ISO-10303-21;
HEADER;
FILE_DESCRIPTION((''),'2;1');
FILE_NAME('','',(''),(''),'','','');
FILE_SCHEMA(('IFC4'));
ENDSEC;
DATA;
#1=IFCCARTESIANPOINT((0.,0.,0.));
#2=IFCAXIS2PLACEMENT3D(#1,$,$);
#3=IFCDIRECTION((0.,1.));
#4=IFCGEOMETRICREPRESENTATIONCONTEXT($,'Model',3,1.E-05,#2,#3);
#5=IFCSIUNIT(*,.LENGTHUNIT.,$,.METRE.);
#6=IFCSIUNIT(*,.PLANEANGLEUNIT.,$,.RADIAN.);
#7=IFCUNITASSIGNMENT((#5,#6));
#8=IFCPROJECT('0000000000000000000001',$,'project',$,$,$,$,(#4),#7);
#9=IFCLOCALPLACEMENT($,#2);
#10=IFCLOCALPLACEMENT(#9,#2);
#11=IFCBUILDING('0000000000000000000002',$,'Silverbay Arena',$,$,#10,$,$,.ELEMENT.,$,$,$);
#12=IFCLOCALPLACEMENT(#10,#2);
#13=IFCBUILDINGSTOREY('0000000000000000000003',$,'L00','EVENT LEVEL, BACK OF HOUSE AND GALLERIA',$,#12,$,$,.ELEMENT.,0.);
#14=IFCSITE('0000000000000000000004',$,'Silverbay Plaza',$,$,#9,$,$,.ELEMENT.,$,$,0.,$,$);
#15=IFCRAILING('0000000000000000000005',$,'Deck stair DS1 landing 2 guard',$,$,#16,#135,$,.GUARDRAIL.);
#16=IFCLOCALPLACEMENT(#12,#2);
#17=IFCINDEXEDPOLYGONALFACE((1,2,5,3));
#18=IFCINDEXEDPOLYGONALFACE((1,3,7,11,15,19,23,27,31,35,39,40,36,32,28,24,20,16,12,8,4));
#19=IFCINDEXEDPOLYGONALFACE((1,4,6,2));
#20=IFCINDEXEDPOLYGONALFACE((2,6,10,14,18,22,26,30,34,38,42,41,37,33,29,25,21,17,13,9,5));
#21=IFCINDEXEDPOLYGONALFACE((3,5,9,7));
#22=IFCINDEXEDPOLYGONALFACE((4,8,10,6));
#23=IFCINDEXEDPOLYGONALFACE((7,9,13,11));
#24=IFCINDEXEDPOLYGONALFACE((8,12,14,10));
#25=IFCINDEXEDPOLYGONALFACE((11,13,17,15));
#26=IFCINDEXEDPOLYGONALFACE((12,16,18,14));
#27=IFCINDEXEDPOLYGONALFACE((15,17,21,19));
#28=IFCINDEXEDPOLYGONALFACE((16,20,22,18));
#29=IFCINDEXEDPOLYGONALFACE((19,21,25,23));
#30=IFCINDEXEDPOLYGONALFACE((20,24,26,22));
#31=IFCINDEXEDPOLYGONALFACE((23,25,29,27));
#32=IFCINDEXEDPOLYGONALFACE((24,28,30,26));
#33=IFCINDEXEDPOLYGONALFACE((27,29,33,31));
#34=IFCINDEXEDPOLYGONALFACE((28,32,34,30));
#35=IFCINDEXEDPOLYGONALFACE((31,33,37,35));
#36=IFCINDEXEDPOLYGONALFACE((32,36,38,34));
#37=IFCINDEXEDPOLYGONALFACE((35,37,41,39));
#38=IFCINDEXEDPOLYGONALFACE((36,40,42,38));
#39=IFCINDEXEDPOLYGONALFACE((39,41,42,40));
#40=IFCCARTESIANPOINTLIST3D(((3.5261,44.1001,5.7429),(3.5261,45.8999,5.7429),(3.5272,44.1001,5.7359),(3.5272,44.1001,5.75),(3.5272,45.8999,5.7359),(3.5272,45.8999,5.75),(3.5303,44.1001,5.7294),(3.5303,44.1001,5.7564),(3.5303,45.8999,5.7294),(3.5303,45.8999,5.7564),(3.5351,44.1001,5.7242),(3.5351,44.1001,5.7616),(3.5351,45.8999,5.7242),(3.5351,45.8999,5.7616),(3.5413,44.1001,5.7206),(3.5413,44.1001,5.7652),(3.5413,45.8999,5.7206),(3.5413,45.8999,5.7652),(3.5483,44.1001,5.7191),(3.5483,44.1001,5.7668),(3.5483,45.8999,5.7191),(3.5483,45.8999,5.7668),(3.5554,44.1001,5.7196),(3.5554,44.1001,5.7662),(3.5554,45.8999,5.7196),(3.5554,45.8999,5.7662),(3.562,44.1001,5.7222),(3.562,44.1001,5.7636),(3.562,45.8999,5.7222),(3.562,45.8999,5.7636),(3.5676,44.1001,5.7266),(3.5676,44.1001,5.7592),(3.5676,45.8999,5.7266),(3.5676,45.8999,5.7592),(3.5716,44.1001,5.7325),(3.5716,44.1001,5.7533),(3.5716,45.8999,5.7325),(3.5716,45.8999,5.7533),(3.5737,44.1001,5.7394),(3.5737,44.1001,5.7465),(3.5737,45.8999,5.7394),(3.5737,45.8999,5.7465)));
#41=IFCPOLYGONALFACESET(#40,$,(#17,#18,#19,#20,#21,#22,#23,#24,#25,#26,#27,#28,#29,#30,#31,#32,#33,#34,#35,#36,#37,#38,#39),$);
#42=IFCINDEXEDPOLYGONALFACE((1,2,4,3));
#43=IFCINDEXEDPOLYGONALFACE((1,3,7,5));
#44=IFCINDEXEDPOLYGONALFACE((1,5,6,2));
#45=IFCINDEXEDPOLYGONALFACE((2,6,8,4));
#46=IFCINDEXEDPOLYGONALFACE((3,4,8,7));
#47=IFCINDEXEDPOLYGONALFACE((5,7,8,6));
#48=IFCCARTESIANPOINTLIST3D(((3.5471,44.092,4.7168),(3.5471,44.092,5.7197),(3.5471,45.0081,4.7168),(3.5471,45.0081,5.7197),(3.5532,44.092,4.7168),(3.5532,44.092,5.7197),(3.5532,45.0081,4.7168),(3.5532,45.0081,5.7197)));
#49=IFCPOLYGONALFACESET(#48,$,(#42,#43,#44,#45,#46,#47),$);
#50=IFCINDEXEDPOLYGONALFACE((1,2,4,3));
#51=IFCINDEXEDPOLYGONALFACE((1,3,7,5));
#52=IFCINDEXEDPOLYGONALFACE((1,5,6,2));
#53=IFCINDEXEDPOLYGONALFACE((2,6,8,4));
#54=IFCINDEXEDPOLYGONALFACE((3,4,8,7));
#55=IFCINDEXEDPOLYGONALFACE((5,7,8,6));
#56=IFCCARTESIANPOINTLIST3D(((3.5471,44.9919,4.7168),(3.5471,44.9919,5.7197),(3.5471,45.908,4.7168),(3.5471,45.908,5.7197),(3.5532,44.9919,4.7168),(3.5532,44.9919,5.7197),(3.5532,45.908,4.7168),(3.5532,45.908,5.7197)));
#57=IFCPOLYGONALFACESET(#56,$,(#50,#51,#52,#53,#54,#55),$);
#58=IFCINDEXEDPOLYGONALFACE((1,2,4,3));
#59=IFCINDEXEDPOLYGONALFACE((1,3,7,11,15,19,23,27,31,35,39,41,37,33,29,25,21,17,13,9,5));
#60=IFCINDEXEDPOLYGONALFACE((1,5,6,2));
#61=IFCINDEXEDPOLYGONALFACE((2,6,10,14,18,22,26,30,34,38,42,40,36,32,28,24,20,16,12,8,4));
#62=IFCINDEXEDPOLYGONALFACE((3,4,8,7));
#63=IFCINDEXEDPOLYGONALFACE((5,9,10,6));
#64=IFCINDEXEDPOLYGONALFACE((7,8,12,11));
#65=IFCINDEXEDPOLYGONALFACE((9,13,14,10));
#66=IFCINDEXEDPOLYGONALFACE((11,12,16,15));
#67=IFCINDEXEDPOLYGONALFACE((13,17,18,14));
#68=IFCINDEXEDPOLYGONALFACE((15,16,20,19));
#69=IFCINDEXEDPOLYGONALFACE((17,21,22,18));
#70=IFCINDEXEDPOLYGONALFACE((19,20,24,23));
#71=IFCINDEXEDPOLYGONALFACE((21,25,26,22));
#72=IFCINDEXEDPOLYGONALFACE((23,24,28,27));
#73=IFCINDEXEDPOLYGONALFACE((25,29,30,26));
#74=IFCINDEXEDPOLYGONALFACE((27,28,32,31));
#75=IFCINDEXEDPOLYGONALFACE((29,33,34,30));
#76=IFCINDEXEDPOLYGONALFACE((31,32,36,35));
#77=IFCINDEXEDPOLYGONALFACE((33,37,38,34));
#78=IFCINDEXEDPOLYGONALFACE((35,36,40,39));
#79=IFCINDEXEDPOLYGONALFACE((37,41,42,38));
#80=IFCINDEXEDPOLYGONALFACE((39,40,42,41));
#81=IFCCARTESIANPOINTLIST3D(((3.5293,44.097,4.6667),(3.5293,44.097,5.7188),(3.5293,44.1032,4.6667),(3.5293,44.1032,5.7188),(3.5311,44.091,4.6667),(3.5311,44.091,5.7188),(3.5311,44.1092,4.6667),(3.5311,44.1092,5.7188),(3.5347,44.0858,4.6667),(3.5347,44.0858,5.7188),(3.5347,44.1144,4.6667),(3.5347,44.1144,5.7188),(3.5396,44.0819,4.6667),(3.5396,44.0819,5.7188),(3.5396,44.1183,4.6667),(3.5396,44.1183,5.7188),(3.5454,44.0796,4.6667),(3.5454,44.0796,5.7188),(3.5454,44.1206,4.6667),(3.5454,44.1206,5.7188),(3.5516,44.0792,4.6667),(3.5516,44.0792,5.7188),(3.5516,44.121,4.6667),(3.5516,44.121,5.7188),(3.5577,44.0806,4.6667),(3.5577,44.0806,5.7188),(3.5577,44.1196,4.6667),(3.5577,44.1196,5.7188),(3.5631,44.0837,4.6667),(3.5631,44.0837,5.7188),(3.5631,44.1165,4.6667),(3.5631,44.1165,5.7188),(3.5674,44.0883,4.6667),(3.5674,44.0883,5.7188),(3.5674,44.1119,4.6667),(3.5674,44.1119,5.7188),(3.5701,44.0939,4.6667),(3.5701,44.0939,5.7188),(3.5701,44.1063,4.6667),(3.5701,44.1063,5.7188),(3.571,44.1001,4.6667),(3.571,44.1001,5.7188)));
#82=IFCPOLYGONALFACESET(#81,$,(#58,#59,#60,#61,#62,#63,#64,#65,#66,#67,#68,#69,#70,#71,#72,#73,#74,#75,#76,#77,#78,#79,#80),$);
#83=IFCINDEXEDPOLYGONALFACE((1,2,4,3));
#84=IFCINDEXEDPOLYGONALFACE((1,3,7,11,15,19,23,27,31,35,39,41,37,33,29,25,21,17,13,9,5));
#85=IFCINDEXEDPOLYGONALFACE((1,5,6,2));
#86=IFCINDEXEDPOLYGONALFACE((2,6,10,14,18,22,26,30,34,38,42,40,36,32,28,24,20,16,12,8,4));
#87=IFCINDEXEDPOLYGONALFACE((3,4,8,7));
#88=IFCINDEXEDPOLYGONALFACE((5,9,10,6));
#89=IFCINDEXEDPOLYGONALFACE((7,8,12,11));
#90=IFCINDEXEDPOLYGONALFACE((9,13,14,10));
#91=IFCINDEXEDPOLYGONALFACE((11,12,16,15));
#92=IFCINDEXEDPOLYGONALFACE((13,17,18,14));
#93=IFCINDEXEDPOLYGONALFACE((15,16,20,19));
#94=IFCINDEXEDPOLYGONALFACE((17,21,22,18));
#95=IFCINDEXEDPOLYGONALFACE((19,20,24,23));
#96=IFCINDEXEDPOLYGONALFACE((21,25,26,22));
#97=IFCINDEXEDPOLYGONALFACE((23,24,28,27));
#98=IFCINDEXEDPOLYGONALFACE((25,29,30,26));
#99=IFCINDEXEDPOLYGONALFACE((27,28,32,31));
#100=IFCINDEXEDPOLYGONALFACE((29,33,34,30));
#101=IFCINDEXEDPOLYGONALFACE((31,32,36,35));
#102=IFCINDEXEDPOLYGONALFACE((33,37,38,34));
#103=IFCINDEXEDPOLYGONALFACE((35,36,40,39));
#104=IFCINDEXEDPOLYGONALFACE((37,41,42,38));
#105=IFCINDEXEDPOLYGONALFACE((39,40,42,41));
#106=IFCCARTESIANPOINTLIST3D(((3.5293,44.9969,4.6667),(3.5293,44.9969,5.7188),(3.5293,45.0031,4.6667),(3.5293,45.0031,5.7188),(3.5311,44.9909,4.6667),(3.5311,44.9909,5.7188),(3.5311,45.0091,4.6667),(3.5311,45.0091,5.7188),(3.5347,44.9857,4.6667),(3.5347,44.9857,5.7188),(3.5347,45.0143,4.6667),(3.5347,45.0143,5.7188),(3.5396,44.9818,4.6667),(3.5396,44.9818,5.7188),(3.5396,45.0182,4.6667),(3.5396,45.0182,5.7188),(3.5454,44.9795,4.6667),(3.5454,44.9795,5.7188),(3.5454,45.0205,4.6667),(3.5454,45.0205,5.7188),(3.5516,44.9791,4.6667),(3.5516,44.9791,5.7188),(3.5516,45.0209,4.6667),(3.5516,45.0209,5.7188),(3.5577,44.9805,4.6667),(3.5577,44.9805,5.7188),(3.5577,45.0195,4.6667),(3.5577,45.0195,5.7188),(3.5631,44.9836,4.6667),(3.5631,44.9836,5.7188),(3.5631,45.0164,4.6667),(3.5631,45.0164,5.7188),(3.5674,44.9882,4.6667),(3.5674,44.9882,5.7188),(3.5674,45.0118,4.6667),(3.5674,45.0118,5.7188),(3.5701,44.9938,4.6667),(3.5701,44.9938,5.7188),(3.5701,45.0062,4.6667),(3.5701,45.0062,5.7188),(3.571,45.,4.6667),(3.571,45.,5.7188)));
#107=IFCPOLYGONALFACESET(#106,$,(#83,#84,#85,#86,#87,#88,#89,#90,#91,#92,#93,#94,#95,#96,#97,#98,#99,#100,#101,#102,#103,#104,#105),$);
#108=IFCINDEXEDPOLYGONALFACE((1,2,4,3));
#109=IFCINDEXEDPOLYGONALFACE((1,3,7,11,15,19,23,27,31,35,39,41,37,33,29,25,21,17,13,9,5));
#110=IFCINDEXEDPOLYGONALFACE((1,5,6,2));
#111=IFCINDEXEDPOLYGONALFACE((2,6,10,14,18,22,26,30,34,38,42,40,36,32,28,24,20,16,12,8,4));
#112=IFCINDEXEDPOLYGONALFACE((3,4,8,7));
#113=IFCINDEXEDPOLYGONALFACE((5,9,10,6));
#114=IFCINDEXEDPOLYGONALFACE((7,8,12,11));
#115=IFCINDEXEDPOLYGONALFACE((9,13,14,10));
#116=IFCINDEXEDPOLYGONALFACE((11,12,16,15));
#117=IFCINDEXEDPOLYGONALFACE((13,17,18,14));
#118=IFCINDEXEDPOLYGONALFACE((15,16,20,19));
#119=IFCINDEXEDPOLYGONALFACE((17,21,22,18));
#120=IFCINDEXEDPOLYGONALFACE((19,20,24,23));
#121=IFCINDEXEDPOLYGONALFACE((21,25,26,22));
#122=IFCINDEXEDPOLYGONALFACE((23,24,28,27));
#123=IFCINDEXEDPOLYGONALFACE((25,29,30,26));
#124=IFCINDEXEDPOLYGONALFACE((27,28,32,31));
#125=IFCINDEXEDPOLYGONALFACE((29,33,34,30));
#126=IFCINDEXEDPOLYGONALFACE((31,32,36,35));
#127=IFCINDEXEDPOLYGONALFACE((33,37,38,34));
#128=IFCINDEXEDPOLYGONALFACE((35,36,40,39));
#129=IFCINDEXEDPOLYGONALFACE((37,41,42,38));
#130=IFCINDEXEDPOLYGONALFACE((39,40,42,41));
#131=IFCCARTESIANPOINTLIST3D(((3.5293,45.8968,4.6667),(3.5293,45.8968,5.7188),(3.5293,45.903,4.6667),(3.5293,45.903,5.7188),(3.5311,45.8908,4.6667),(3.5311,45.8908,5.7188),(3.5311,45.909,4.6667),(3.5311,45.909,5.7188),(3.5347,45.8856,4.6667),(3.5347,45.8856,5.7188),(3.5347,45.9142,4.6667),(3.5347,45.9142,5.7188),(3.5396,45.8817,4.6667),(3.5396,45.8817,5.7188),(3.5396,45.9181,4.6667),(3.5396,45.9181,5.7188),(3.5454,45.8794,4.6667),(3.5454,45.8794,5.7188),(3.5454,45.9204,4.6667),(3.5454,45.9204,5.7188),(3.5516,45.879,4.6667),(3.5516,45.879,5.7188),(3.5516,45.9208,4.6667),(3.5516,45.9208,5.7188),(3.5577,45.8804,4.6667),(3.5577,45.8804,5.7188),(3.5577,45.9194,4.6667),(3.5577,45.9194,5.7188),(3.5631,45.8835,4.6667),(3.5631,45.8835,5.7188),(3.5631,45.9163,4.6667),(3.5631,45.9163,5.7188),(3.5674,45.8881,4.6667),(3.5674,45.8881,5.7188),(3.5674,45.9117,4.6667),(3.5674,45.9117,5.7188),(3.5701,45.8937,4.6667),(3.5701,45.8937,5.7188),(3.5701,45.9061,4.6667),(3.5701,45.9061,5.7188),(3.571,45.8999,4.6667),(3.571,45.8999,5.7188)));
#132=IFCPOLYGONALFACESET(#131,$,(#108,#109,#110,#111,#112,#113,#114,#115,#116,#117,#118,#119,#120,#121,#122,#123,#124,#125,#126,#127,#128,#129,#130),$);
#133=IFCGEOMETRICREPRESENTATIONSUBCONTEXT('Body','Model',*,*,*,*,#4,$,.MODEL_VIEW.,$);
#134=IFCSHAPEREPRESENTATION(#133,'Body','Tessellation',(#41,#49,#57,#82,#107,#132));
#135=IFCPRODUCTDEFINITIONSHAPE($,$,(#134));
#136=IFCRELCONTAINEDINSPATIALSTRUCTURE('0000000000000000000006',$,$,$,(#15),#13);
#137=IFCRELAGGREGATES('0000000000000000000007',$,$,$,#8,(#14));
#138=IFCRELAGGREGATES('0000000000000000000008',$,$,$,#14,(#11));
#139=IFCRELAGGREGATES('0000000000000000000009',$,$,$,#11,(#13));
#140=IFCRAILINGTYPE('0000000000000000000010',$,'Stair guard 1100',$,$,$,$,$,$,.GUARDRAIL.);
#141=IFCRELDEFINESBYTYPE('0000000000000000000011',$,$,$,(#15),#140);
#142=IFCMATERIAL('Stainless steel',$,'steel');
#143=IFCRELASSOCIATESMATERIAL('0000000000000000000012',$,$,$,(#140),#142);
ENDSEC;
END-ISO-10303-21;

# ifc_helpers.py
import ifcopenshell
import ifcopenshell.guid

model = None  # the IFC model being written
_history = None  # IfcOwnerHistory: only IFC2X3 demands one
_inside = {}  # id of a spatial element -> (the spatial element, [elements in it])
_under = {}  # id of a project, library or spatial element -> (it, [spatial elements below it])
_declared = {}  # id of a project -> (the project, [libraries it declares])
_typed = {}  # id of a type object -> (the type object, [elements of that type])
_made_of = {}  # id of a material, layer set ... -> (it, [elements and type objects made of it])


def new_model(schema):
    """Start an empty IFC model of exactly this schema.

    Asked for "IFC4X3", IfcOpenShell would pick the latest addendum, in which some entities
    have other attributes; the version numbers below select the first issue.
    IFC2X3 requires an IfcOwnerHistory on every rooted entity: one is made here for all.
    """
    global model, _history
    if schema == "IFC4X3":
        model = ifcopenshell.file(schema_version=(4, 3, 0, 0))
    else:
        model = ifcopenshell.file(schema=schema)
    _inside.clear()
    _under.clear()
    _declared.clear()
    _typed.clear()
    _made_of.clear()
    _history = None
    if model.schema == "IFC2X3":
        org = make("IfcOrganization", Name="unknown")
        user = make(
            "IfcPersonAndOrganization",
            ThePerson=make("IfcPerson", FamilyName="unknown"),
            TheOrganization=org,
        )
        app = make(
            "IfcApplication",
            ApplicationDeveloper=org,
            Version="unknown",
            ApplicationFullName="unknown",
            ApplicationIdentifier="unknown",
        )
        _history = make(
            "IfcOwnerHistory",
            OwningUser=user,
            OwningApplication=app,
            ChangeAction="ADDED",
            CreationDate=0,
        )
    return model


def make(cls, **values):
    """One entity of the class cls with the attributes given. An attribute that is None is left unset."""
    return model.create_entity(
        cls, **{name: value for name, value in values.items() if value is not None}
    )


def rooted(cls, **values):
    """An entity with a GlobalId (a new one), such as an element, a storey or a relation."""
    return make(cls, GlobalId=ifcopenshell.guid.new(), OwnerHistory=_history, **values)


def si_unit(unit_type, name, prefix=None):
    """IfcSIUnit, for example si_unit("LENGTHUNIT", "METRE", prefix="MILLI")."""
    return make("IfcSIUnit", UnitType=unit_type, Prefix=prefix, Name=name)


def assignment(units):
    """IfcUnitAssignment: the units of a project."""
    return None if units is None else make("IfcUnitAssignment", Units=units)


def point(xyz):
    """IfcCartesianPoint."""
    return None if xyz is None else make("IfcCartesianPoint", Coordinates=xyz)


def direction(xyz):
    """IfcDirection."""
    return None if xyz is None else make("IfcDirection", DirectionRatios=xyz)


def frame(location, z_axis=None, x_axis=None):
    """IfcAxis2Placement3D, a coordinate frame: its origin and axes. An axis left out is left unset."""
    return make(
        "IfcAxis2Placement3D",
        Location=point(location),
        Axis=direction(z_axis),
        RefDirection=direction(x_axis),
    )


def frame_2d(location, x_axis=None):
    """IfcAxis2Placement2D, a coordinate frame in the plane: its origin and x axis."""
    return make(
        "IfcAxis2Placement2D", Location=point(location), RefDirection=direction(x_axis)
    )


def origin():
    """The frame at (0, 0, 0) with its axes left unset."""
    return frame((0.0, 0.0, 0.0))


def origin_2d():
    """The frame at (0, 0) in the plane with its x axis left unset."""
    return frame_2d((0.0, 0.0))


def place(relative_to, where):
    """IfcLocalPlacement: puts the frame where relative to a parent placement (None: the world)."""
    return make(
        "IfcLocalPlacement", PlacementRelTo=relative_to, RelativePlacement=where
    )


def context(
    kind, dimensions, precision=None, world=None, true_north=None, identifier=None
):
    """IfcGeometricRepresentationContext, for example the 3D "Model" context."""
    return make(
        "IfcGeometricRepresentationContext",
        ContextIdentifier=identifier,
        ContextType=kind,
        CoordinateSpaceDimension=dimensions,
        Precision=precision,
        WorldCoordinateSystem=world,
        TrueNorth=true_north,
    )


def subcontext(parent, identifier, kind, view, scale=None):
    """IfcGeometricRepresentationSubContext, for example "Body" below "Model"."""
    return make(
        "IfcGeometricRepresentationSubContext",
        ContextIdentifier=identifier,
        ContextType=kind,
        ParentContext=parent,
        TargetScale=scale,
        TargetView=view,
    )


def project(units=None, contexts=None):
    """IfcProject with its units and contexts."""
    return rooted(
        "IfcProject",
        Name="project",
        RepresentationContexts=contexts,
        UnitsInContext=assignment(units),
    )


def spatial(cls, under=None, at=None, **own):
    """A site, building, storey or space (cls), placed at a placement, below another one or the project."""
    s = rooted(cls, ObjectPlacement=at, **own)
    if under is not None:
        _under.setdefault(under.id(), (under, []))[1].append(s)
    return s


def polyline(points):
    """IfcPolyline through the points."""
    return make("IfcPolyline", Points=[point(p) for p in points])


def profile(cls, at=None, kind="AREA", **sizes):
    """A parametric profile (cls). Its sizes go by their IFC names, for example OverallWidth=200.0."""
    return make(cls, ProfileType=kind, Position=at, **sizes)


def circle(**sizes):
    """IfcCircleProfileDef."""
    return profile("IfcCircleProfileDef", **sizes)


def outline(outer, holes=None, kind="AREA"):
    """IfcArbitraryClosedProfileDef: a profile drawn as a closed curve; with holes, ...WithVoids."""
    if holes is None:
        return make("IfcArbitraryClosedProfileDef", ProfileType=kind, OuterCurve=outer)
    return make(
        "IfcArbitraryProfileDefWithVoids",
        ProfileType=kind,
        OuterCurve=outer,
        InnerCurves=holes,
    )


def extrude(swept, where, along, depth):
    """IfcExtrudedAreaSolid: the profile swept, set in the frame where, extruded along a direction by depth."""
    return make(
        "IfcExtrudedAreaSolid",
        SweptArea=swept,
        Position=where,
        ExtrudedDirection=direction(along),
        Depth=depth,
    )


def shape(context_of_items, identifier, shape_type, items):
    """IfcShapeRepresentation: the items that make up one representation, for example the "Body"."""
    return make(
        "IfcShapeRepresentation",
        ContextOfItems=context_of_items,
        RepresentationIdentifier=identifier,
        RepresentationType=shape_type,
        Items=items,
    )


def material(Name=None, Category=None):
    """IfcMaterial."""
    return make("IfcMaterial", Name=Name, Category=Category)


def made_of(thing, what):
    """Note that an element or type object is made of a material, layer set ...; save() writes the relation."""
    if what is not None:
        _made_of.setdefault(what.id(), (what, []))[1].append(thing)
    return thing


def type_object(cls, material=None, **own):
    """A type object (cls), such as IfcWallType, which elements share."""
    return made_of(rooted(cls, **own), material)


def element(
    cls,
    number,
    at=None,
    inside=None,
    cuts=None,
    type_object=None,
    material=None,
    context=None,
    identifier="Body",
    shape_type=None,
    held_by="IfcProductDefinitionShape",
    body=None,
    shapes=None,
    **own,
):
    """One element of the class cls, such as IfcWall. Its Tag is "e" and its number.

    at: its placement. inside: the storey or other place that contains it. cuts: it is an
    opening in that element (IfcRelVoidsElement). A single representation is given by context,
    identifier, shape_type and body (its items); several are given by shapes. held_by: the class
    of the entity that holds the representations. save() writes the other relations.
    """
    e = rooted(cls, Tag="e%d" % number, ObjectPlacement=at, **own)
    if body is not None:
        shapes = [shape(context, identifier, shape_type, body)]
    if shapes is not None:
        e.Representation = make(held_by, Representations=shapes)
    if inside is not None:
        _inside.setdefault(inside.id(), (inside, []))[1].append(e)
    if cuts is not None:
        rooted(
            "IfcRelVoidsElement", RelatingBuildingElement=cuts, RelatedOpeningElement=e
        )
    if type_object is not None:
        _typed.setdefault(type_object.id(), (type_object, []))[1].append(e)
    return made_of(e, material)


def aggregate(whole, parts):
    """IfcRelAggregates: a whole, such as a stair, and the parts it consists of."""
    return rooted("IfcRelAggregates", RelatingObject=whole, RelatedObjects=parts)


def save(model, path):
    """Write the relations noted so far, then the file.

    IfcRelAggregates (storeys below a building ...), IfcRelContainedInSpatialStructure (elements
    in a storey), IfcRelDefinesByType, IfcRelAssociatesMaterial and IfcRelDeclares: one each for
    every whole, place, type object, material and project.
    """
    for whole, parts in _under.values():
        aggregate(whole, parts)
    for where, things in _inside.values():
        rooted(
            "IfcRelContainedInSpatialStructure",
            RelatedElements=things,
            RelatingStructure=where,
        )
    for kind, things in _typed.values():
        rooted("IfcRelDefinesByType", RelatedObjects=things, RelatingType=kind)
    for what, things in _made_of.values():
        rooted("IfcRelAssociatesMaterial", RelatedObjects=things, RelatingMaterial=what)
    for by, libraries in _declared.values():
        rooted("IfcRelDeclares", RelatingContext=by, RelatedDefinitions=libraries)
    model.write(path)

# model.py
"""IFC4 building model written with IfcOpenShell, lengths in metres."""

from ifc_helpers import new_model, si_unit, direction, frame, origin, origin_2d, place, context, subcontext, project, spatial, polyline, circle, outline, extrude, material, type_object, element, save


model = new_model("IFC4")

# Units and contexts
model_context = context("Model", 3, precision=1e-05, world=origin(), true_north=direction((0.0, 1.0)))
body_context = subcontext(model_context, "Body", "Model", "MODEL_VIEW")
ifc_project = project(units=[si_unit("LENGTHUNIT", "METRE"), si_unit("PLANEANGLEUNIT", "RADIAN")], contexts=[model_context])

# Site, building, storey
site_placement = place(None, origin())
site = spatial("IfcSite", under=ifc_project, at=site_placement, Name="Silverbay Plaza", CompositionType="ELEMENT", RefElevation=0.0)
building_placement = place(site_placement, origin())
building = spatial("IfcBuilding", under=site, at=building_placement, Name="Silverbay Arena", CompositionType="ELEMENT")
storey_placement = place(building_placement, origin())
storey = spatial("IfcBuildingStorey", under=building, at=storey_placement, Name="L00", Description="EVENT LEVEL, BACK OF HOUSE AND GALLERIA", CompositionType="ELEMENT", Elevation=0.0)

# Railing
ifc_material_1 = material(Name="Stainless steel", Category="steel")
railing_type_1 = type_object("IfcRailingType", Name="Stair guard 1100", PredefinedType="GUARDRAIL", material=ifc_material_1)
for number, where, name in (
    (1, (3.55, 44.1001, 4.6667), "Deck stair DS1 landing 2 guard"),
):
    element("IfcRailing", number, at=place(storey_placement, frame(where)), inside=storey, type_object=railing_type_1, Name=name, PredefinedType="GUARDRAIL", context=body_context, shape_type="SweptSolid", body=[
        extrude(circle(Radius=0.0239, at=origin_2d()), frame((0.0, 0.0, 1.0762), z_axis=(0.0, 1.0, 0.0), x_axis=(-1.0, 0.0, 0.0)), (0.0, 0.0, 1.0), 1.7998),
        extrude(outline(polyline([(-0.0081, 0.05), (0.908, 0.05), (0.908, 1.053), (-0.0081, 1.053), (-0.0081, 0.05)])), frame((-0.0029, 0.0, 0.0), z_axis=(1.0, 0.0, 0.0), x_axis=(0.0, 1.0, 0.0)), (0.0, 0.0, 1.0), 0.0061),
        extrude(outline(polyline([(-0.0081, 0.05), (0.908, 0.05), (0.908, 1.053), (-0.0081, 1.053), (-0.0081, 0.05)])), frame((-0.0029, 0.8999, 0.0), z_axis=(1.0, 0.0, 0.0), x_axis=(0.0, 1.0, 0.0)), (0.0, 0.0, 1.0), 0.0061),
        extrude(circle(Radius=0.021, at=origin_2d()), origin(), (0.0, 0.0, 1.0), 1.052),
        extrude(circle(Radius=0.021, at=origin_2d()), frame((0.0, 0.8999, 0.0)), (0.0, 0.0, 1.0), 1.052),
        extrude(circle(Radius=0.021, at=origin_2d()), frame((0.0, 1.7998, 0.0)), (0.0, 0.0, 1.0), 1.052),
    ])

save(model, "model.ifc")
